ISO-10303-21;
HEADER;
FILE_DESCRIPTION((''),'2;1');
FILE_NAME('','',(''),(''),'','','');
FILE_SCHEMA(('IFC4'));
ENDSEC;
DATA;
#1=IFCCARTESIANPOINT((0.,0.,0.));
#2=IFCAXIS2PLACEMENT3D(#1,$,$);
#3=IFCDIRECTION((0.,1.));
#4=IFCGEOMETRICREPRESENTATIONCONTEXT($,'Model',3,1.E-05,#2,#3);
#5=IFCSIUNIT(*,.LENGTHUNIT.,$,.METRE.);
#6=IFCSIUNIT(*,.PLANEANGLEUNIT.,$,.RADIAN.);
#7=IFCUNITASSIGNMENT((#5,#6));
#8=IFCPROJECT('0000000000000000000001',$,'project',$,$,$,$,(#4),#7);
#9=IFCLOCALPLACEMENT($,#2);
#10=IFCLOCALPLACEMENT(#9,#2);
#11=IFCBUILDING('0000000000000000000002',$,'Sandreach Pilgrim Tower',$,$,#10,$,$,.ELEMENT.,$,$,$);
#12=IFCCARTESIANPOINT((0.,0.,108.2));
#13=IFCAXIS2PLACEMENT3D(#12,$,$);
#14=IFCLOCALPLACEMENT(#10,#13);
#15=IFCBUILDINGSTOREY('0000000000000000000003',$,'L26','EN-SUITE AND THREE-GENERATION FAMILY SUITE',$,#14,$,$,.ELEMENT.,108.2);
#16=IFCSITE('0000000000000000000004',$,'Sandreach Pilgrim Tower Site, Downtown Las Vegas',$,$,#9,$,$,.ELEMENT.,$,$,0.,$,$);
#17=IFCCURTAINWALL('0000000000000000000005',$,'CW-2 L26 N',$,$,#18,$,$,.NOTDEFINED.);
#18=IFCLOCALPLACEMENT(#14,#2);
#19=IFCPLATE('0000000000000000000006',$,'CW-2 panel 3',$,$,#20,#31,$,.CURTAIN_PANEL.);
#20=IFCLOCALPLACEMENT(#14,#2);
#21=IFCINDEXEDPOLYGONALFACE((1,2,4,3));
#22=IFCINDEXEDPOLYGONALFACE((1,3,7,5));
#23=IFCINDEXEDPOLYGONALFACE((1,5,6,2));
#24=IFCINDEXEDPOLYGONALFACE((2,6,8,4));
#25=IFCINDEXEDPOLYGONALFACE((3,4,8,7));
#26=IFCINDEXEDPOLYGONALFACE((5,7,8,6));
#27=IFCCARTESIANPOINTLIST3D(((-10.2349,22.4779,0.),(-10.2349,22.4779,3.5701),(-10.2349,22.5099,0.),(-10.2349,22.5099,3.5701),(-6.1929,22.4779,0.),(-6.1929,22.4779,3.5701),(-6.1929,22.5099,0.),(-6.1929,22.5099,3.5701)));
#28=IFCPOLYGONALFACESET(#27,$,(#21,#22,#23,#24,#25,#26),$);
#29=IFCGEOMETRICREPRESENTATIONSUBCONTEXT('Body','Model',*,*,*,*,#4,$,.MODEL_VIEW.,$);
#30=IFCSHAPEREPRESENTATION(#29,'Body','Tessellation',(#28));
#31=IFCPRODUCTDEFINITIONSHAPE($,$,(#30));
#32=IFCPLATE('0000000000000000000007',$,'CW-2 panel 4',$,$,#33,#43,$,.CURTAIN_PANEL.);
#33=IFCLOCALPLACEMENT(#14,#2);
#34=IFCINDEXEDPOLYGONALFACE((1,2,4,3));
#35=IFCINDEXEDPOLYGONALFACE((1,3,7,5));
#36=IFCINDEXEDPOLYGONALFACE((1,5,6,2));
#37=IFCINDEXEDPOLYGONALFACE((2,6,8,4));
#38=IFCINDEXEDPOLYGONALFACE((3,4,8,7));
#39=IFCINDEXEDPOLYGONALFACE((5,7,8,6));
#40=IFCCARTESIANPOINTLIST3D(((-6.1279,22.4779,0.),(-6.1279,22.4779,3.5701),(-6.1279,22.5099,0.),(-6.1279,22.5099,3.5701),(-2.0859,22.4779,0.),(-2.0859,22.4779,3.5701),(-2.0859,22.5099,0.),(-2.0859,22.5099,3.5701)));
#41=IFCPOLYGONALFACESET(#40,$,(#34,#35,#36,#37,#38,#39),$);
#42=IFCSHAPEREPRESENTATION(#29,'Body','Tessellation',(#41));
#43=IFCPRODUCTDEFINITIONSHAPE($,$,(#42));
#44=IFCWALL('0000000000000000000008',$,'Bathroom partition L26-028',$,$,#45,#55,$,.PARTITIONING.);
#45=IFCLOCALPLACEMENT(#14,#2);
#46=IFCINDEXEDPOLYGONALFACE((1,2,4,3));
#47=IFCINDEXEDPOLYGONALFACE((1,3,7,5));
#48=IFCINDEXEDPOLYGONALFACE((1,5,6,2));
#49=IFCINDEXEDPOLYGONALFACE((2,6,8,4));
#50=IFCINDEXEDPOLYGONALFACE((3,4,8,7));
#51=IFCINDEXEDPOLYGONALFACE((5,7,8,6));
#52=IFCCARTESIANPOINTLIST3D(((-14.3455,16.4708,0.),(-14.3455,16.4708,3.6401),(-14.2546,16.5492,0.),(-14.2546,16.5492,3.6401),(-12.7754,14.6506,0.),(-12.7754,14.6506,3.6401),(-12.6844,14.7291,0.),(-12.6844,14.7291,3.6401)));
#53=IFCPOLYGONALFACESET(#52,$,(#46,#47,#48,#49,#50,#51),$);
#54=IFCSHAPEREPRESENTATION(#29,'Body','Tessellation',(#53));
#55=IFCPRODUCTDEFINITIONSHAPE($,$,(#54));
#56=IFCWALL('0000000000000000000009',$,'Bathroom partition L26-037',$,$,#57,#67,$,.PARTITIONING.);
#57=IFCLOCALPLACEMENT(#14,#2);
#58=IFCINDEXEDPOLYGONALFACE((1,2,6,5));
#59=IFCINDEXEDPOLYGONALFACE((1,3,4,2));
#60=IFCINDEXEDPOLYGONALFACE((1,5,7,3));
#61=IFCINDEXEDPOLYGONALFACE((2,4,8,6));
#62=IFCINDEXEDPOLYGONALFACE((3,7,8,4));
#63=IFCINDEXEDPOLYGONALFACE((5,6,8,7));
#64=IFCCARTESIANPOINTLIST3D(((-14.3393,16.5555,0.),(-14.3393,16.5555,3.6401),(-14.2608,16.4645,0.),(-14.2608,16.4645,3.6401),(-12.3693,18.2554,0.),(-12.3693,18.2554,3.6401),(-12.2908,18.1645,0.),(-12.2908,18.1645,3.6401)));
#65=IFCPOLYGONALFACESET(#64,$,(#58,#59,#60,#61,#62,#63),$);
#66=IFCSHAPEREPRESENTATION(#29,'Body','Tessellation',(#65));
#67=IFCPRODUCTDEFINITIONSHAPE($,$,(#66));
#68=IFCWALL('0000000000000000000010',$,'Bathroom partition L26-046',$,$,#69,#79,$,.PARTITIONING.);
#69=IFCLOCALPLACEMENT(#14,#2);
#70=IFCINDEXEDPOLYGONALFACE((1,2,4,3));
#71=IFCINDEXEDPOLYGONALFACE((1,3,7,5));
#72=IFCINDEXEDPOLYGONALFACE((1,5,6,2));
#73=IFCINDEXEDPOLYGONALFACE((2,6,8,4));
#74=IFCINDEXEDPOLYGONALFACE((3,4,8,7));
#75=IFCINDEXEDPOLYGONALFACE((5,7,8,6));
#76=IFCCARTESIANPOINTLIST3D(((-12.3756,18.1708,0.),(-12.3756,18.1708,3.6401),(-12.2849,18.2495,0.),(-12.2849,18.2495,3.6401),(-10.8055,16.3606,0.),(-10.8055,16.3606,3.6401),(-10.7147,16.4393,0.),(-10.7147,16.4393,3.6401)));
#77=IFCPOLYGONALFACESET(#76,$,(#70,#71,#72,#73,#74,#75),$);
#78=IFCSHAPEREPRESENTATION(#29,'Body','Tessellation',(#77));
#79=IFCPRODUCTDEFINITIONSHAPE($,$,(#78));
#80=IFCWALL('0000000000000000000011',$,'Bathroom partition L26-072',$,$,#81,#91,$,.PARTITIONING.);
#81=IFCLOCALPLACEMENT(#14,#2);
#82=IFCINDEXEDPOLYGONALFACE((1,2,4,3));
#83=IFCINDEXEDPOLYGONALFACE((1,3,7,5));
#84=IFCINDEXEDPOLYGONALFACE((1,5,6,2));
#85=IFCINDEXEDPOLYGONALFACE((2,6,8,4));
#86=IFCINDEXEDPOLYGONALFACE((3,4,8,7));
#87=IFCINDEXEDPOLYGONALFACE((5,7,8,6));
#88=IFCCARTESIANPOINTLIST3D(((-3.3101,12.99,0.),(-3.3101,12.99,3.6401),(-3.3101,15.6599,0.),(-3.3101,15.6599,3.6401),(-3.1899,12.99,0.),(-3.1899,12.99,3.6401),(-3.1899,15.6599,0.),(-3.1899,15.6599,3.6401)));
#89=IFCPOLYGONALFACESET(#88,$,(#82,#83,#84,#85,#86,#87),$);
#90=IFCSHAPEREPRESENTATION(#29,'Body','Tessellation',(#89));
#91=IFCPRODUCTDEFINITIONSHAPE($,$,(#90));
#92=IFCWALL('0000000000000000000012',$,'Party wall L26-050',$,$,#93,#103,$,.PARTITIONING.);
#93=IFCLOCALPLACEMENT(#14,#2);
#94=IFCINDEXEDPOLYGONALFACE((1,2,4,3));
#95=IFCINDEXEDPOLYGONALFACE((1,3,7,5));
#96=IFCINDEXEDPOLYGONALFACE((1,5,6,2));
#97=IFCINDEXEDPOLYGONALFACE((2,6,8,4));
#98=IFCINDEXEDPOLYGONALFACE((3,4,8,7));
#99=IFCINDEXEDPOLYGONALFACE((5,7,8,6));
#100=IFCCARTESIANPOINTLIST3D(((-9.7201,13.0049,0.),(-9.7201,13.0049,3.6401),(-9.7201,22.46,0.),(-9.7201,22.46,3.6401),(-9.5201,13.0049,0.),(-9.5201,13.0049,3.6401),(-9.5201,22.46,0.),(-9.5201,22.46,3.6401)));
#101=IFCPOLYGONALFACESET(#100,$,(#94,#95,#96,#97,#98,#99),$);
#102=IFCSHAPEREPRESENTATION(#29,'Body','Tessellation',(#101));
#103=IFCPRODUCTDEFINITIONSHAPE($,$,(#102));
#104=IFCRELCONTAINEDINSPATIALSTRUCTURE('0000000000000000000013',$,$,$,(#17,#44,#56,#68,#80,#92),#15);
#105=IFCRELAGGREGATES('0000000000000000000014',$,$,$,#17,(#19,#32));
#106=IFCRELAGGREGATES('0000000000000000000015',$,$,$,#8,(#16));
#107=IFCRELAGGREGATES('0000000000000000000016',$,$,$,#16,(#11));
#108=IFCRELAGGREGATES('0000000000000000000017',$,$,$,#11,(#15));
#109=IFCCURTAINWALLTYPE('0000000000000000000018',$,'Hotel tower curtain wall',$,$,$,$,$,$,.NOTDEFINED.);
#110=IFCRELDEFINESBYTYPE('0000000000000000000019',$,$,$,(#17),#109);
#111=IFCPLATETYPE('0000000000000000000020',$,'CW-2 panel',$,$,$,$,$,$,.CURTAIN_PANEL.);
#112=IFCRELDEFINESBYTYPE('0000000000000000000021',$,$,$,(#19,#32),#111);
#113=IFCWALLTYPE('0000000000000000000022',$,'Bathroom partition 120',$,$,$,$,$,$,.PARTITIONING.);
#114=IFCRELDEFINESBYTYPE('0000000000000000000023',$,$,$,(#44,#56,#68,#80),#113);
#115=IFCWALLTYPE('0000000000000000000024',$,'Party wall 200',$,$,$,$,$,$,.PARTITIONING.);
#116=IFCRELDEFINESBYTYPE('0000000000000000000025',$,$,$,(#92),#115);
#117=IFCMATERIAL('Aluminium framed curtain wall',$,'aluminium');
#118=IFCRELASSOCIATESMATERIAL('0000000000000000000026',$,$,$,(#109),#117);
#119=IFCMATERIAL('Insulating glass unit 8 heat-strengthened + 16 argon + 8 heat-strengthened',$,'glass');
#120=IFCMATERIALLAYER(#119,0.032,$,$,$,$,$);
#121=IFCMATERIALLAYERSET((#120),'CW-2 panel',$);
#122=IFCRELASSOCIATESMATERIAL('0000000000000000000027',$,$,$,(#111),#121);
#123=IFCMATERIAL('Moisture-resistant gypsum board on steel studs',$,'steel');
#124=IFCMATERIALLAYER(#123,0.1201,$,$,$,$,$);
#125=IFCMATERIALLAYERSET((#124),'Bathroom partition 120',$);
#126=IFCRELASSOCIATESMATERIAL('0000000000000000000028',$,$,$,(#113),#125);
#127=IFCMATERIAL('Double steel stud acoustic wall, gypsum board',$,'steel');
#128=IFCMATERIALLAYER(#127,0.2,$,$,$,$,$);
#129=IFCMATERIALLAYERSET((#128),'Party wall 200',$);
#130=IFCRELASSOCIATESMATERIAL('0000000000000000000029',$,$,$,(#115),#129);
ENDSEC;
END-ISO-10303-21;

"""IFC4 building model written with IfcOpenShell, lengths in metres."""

from ifc_helpers import new_model, si_unit, direction, frame, frame_2d, origin, origin_2d, place, context, subcontext, project, spatial, rectangle, extrude, material, layer, layer_set, type_object, element, aggregate, save


model = new_model("IFC4")

# Units and contexts
model_context = context("Model", 3, precision=1e-05, world=origin(), true_north=direction((0.0, 1.0)))
body_context = subcontext(model_context, "Body", "Model", "MODEL_VIEW")
ifc_project = project(units=[si_unit("LENGTHUNIT", "METRE"), si_unit("PLANEANGLEUNIT", "RADIAN")], contexts=[model_context])

# Site, building, storey
site_placement = place(None, origin())
site = spatial("IfcSite", under=ifc_project, at=site_placement, Name="Sandreach Pilgrim Tower Site, Downtown Las Vegas", CompositionType="ELEMENT", RefElevation=0.0)
building_placement = place(site_placement, origin())
building = spatial("IfcBuilding", under=site, at=building_placement, Name="Sandreach Pilgrim Tower", CompositionType="ELEMENT")
storey_placement = place(building_placement, frame((0.0, 0.0, 108.2)))
storey = spatial("IfcBuildingStorey", under=building, at=storey_placement, Name="L26", Description="EN-SUITE AND THREE-GENERATION FAMILY SUITE", CompositionType="ELEMENT", Elevation=108.2)

# Curtain wall
ifc_material_1 = material(Name="Aluminium framed curtain wall", Category="aluminium")
curtain_wall_type = type_object("IfcCurtainWallType", Name="Hotel tower curtain wall", PredefinedType="NOTDEFINED", material=ifc_material_1)
curtain_wall_placement = place(storey_placement, origin())
curtain_wall = element("IfcCurtainWall", 1, at=curtain_wall_placement, inside=storey, type_object=curtain_wall_type, Name="CW-2 L26 N", PredefinedType="NOTDEFINED")

# Plates
ifc_material_2 = material(Name="Insulating glass unit 8 heat-strengthened + 16 argon + 8 heat-strengthened", Category="glass")
ifc_layer_1 = layer(ifc_material_2, 0.032)
ifc_layer_set_1 = layer_set([ifc_layer_1], Name="CW-2 panel")
plate_type = type_object("IfcPlateType", Name="CW-2 panel", PredefinedType="CURTAIN_PANEL", material=ifc_layer_set_1)
plate_1_placement = place(storey_placement, frame((-8.2139, 22.4939, 0.0), z_axis=(0.0, 0.0, 1.0), x_axis=(1.0, 0.0, 0.0)))
plate_1 = element("IfcPlate", 2, at=plate_1_placement, type_object=plate_type, Name="CW-2 panel 3", PredefinedType="CURTAIN_PANEL", context=body_context, shape_type="SweptSolid", body=[
    extrude(rectangle(XDim=4.042, YDim=0.032, at=origin_2d()), origin(), (0.0, 0.0, 1.0), 3.5701),
])
plate_2_placement = place(storey_placement, frame((-4.1069, 22.4939, 0.0), z_axis=(0.0, 0.0, 1.0), x_axis=(1.0, 0.0, 0.0)))
plate_2 = element("IfcPlate", 3, at=plate_2_placement, type_object=plate_type, Name="CW-2 panel 4", PredefinedType="CURTAIN_PANEL", context=body_context, shape_type="SweptSolid", body=[
    extrude(rectangle(XDim=4.042, YDim=0.032, at=origin_2d()), origin(), (0.0, 0.0, 1.0), 3.5701),
])
aggregate(curtain_wall, [plate_1, plate_2])

# Walls
ifc_material_3 = material(Name="Moisture-resistant gypsum board on steel studs", Category="steel")
ifc_layer_2 = layer(ifc_material_3, 0.1201)
ifc_layer_set_2 = layer_set([ifc_layer_2], Name="Bathroom partition 120")
wall_type_1 = type_object("IfcWallType", Name="Bathroom partition 120", PredefinedType="PARTITIONING", material=ifc_layer_set_2)
wall_1_placement = place(storey_placement, frame((-14.3, 16.51, 0.0), z_axis=(0.0, 0.0, 1.0), x_axis=(0.653189, -0.757195, 0.0)))
element("IfcWall", 4, at=wall_1_placement, inside=storey, type_object=wall_type_1, Name="Bathroom partition L26-028", PredefinedType="PARTITIONING", context=body_context, shape_type="SweptSolid", body=[
    extrude(rectangle(XDim=2.4038, YDim=0.1201, at=frame_2d((1.2019, 0.0))), origin(), (0.0, 0.0, 1.0), 3.6401),
])
wall_2_placement = place(storey_placement, frame((-12.3301, 18.21, 0.0), z_axis=(0.0, 0.0, 1.0), x_axis=(-0.757087, -0.653314, 0.0)))
element("IfcWall", 5, at=wall_2_placement, inside=storey, type_object=wall_type_1, Name="Bathroom partition L26-037", PredefinedType="PARTITIONING", context=body_context, shape_type="SweptSolid", body=[
    extrude(rectangle(XDim=2.6021, YDim=0.1201, at=frame_2d((1.301, 0.0))), origin(), (0.0, 0.0, 1.0), 3.6401),
])
wall_3_placement = place(storey_placement, frame((-10.76, 16.3999, 0.0), z_axis=(0.0, 0.0, 1.0), x_axis=(-0.655252, 0.75541, 0.0)))
element("IfcWall", 6, at=wall_3_placement, inside=storey, type_object=wall_type_1, Name="Bathroom partition L26-046", PredefinedType="PARTITIONING", context=body_context, shape_type="SweptSolid", body=[
    extrude(rectangle(XDim=2.3962, YDim=0.1201, at=frame_2d((1.1982, 0.0))), origin(), (0.0, 0.0, 1.0), 3.6401),
])
wall_4_placement = place(storey_placement, frame((-3.25, 15.6599, 0.0), z_axis=(0.0, 0.0, 1.0), x_axis=(0.0, -1.0, 0.0)))
element("IfcWall", 7, at=wall_4_placement, inside=storey, type_object=wall_type_1, Name="Bathroom partition L26-072", PredefinedType="PARTITIONING", context=body_context, shape_type="SweptSolid", body=[
    extrude(rectangle(XDim=2.6699, YDim=0.1201, at=frame_2d((1.335, 0.0))), origin(), (0.0, 0.0, 1.0), 3.6401),
])

# Wall
ifc_material_4 = material(Name="Double steel stud acoustic wall, gypsum board", Category="steel")
ifc_layer_3 = layer(ifc_material_4, 0.2)
ifc_layer_set_3 = layer_set([ifc_layer_3], Name="Party wall 200")
wall_type_2 = type_object("IfcWallType", Name="Party wall 200", PredefinedType="PARTITIONING", material=ifc_layer_set_3)
wall_5_placement = place(storey_placement, frame((-9.6201, 22.46, 0.0), z_axis=(0.0, 0.0, 1.0), x_axis=(0.0, -1.0, 0.0)))
element("IfcWall", 8, at=wall_5_placement, inside=storey, type_object=wall_type_2, Name="Party wall L26-050", PredefinedType="PARTITIONING", context=body_context, shape_type="SweptSolid", body=[
    extrude(rectangle(XDim=9.4551, YDim=0.2, at=frame_2d((4.7275, 0.0))), origin(), (0.0, 0.0, 1.0), 3.6401),
])

save(model, "model.ifc")
